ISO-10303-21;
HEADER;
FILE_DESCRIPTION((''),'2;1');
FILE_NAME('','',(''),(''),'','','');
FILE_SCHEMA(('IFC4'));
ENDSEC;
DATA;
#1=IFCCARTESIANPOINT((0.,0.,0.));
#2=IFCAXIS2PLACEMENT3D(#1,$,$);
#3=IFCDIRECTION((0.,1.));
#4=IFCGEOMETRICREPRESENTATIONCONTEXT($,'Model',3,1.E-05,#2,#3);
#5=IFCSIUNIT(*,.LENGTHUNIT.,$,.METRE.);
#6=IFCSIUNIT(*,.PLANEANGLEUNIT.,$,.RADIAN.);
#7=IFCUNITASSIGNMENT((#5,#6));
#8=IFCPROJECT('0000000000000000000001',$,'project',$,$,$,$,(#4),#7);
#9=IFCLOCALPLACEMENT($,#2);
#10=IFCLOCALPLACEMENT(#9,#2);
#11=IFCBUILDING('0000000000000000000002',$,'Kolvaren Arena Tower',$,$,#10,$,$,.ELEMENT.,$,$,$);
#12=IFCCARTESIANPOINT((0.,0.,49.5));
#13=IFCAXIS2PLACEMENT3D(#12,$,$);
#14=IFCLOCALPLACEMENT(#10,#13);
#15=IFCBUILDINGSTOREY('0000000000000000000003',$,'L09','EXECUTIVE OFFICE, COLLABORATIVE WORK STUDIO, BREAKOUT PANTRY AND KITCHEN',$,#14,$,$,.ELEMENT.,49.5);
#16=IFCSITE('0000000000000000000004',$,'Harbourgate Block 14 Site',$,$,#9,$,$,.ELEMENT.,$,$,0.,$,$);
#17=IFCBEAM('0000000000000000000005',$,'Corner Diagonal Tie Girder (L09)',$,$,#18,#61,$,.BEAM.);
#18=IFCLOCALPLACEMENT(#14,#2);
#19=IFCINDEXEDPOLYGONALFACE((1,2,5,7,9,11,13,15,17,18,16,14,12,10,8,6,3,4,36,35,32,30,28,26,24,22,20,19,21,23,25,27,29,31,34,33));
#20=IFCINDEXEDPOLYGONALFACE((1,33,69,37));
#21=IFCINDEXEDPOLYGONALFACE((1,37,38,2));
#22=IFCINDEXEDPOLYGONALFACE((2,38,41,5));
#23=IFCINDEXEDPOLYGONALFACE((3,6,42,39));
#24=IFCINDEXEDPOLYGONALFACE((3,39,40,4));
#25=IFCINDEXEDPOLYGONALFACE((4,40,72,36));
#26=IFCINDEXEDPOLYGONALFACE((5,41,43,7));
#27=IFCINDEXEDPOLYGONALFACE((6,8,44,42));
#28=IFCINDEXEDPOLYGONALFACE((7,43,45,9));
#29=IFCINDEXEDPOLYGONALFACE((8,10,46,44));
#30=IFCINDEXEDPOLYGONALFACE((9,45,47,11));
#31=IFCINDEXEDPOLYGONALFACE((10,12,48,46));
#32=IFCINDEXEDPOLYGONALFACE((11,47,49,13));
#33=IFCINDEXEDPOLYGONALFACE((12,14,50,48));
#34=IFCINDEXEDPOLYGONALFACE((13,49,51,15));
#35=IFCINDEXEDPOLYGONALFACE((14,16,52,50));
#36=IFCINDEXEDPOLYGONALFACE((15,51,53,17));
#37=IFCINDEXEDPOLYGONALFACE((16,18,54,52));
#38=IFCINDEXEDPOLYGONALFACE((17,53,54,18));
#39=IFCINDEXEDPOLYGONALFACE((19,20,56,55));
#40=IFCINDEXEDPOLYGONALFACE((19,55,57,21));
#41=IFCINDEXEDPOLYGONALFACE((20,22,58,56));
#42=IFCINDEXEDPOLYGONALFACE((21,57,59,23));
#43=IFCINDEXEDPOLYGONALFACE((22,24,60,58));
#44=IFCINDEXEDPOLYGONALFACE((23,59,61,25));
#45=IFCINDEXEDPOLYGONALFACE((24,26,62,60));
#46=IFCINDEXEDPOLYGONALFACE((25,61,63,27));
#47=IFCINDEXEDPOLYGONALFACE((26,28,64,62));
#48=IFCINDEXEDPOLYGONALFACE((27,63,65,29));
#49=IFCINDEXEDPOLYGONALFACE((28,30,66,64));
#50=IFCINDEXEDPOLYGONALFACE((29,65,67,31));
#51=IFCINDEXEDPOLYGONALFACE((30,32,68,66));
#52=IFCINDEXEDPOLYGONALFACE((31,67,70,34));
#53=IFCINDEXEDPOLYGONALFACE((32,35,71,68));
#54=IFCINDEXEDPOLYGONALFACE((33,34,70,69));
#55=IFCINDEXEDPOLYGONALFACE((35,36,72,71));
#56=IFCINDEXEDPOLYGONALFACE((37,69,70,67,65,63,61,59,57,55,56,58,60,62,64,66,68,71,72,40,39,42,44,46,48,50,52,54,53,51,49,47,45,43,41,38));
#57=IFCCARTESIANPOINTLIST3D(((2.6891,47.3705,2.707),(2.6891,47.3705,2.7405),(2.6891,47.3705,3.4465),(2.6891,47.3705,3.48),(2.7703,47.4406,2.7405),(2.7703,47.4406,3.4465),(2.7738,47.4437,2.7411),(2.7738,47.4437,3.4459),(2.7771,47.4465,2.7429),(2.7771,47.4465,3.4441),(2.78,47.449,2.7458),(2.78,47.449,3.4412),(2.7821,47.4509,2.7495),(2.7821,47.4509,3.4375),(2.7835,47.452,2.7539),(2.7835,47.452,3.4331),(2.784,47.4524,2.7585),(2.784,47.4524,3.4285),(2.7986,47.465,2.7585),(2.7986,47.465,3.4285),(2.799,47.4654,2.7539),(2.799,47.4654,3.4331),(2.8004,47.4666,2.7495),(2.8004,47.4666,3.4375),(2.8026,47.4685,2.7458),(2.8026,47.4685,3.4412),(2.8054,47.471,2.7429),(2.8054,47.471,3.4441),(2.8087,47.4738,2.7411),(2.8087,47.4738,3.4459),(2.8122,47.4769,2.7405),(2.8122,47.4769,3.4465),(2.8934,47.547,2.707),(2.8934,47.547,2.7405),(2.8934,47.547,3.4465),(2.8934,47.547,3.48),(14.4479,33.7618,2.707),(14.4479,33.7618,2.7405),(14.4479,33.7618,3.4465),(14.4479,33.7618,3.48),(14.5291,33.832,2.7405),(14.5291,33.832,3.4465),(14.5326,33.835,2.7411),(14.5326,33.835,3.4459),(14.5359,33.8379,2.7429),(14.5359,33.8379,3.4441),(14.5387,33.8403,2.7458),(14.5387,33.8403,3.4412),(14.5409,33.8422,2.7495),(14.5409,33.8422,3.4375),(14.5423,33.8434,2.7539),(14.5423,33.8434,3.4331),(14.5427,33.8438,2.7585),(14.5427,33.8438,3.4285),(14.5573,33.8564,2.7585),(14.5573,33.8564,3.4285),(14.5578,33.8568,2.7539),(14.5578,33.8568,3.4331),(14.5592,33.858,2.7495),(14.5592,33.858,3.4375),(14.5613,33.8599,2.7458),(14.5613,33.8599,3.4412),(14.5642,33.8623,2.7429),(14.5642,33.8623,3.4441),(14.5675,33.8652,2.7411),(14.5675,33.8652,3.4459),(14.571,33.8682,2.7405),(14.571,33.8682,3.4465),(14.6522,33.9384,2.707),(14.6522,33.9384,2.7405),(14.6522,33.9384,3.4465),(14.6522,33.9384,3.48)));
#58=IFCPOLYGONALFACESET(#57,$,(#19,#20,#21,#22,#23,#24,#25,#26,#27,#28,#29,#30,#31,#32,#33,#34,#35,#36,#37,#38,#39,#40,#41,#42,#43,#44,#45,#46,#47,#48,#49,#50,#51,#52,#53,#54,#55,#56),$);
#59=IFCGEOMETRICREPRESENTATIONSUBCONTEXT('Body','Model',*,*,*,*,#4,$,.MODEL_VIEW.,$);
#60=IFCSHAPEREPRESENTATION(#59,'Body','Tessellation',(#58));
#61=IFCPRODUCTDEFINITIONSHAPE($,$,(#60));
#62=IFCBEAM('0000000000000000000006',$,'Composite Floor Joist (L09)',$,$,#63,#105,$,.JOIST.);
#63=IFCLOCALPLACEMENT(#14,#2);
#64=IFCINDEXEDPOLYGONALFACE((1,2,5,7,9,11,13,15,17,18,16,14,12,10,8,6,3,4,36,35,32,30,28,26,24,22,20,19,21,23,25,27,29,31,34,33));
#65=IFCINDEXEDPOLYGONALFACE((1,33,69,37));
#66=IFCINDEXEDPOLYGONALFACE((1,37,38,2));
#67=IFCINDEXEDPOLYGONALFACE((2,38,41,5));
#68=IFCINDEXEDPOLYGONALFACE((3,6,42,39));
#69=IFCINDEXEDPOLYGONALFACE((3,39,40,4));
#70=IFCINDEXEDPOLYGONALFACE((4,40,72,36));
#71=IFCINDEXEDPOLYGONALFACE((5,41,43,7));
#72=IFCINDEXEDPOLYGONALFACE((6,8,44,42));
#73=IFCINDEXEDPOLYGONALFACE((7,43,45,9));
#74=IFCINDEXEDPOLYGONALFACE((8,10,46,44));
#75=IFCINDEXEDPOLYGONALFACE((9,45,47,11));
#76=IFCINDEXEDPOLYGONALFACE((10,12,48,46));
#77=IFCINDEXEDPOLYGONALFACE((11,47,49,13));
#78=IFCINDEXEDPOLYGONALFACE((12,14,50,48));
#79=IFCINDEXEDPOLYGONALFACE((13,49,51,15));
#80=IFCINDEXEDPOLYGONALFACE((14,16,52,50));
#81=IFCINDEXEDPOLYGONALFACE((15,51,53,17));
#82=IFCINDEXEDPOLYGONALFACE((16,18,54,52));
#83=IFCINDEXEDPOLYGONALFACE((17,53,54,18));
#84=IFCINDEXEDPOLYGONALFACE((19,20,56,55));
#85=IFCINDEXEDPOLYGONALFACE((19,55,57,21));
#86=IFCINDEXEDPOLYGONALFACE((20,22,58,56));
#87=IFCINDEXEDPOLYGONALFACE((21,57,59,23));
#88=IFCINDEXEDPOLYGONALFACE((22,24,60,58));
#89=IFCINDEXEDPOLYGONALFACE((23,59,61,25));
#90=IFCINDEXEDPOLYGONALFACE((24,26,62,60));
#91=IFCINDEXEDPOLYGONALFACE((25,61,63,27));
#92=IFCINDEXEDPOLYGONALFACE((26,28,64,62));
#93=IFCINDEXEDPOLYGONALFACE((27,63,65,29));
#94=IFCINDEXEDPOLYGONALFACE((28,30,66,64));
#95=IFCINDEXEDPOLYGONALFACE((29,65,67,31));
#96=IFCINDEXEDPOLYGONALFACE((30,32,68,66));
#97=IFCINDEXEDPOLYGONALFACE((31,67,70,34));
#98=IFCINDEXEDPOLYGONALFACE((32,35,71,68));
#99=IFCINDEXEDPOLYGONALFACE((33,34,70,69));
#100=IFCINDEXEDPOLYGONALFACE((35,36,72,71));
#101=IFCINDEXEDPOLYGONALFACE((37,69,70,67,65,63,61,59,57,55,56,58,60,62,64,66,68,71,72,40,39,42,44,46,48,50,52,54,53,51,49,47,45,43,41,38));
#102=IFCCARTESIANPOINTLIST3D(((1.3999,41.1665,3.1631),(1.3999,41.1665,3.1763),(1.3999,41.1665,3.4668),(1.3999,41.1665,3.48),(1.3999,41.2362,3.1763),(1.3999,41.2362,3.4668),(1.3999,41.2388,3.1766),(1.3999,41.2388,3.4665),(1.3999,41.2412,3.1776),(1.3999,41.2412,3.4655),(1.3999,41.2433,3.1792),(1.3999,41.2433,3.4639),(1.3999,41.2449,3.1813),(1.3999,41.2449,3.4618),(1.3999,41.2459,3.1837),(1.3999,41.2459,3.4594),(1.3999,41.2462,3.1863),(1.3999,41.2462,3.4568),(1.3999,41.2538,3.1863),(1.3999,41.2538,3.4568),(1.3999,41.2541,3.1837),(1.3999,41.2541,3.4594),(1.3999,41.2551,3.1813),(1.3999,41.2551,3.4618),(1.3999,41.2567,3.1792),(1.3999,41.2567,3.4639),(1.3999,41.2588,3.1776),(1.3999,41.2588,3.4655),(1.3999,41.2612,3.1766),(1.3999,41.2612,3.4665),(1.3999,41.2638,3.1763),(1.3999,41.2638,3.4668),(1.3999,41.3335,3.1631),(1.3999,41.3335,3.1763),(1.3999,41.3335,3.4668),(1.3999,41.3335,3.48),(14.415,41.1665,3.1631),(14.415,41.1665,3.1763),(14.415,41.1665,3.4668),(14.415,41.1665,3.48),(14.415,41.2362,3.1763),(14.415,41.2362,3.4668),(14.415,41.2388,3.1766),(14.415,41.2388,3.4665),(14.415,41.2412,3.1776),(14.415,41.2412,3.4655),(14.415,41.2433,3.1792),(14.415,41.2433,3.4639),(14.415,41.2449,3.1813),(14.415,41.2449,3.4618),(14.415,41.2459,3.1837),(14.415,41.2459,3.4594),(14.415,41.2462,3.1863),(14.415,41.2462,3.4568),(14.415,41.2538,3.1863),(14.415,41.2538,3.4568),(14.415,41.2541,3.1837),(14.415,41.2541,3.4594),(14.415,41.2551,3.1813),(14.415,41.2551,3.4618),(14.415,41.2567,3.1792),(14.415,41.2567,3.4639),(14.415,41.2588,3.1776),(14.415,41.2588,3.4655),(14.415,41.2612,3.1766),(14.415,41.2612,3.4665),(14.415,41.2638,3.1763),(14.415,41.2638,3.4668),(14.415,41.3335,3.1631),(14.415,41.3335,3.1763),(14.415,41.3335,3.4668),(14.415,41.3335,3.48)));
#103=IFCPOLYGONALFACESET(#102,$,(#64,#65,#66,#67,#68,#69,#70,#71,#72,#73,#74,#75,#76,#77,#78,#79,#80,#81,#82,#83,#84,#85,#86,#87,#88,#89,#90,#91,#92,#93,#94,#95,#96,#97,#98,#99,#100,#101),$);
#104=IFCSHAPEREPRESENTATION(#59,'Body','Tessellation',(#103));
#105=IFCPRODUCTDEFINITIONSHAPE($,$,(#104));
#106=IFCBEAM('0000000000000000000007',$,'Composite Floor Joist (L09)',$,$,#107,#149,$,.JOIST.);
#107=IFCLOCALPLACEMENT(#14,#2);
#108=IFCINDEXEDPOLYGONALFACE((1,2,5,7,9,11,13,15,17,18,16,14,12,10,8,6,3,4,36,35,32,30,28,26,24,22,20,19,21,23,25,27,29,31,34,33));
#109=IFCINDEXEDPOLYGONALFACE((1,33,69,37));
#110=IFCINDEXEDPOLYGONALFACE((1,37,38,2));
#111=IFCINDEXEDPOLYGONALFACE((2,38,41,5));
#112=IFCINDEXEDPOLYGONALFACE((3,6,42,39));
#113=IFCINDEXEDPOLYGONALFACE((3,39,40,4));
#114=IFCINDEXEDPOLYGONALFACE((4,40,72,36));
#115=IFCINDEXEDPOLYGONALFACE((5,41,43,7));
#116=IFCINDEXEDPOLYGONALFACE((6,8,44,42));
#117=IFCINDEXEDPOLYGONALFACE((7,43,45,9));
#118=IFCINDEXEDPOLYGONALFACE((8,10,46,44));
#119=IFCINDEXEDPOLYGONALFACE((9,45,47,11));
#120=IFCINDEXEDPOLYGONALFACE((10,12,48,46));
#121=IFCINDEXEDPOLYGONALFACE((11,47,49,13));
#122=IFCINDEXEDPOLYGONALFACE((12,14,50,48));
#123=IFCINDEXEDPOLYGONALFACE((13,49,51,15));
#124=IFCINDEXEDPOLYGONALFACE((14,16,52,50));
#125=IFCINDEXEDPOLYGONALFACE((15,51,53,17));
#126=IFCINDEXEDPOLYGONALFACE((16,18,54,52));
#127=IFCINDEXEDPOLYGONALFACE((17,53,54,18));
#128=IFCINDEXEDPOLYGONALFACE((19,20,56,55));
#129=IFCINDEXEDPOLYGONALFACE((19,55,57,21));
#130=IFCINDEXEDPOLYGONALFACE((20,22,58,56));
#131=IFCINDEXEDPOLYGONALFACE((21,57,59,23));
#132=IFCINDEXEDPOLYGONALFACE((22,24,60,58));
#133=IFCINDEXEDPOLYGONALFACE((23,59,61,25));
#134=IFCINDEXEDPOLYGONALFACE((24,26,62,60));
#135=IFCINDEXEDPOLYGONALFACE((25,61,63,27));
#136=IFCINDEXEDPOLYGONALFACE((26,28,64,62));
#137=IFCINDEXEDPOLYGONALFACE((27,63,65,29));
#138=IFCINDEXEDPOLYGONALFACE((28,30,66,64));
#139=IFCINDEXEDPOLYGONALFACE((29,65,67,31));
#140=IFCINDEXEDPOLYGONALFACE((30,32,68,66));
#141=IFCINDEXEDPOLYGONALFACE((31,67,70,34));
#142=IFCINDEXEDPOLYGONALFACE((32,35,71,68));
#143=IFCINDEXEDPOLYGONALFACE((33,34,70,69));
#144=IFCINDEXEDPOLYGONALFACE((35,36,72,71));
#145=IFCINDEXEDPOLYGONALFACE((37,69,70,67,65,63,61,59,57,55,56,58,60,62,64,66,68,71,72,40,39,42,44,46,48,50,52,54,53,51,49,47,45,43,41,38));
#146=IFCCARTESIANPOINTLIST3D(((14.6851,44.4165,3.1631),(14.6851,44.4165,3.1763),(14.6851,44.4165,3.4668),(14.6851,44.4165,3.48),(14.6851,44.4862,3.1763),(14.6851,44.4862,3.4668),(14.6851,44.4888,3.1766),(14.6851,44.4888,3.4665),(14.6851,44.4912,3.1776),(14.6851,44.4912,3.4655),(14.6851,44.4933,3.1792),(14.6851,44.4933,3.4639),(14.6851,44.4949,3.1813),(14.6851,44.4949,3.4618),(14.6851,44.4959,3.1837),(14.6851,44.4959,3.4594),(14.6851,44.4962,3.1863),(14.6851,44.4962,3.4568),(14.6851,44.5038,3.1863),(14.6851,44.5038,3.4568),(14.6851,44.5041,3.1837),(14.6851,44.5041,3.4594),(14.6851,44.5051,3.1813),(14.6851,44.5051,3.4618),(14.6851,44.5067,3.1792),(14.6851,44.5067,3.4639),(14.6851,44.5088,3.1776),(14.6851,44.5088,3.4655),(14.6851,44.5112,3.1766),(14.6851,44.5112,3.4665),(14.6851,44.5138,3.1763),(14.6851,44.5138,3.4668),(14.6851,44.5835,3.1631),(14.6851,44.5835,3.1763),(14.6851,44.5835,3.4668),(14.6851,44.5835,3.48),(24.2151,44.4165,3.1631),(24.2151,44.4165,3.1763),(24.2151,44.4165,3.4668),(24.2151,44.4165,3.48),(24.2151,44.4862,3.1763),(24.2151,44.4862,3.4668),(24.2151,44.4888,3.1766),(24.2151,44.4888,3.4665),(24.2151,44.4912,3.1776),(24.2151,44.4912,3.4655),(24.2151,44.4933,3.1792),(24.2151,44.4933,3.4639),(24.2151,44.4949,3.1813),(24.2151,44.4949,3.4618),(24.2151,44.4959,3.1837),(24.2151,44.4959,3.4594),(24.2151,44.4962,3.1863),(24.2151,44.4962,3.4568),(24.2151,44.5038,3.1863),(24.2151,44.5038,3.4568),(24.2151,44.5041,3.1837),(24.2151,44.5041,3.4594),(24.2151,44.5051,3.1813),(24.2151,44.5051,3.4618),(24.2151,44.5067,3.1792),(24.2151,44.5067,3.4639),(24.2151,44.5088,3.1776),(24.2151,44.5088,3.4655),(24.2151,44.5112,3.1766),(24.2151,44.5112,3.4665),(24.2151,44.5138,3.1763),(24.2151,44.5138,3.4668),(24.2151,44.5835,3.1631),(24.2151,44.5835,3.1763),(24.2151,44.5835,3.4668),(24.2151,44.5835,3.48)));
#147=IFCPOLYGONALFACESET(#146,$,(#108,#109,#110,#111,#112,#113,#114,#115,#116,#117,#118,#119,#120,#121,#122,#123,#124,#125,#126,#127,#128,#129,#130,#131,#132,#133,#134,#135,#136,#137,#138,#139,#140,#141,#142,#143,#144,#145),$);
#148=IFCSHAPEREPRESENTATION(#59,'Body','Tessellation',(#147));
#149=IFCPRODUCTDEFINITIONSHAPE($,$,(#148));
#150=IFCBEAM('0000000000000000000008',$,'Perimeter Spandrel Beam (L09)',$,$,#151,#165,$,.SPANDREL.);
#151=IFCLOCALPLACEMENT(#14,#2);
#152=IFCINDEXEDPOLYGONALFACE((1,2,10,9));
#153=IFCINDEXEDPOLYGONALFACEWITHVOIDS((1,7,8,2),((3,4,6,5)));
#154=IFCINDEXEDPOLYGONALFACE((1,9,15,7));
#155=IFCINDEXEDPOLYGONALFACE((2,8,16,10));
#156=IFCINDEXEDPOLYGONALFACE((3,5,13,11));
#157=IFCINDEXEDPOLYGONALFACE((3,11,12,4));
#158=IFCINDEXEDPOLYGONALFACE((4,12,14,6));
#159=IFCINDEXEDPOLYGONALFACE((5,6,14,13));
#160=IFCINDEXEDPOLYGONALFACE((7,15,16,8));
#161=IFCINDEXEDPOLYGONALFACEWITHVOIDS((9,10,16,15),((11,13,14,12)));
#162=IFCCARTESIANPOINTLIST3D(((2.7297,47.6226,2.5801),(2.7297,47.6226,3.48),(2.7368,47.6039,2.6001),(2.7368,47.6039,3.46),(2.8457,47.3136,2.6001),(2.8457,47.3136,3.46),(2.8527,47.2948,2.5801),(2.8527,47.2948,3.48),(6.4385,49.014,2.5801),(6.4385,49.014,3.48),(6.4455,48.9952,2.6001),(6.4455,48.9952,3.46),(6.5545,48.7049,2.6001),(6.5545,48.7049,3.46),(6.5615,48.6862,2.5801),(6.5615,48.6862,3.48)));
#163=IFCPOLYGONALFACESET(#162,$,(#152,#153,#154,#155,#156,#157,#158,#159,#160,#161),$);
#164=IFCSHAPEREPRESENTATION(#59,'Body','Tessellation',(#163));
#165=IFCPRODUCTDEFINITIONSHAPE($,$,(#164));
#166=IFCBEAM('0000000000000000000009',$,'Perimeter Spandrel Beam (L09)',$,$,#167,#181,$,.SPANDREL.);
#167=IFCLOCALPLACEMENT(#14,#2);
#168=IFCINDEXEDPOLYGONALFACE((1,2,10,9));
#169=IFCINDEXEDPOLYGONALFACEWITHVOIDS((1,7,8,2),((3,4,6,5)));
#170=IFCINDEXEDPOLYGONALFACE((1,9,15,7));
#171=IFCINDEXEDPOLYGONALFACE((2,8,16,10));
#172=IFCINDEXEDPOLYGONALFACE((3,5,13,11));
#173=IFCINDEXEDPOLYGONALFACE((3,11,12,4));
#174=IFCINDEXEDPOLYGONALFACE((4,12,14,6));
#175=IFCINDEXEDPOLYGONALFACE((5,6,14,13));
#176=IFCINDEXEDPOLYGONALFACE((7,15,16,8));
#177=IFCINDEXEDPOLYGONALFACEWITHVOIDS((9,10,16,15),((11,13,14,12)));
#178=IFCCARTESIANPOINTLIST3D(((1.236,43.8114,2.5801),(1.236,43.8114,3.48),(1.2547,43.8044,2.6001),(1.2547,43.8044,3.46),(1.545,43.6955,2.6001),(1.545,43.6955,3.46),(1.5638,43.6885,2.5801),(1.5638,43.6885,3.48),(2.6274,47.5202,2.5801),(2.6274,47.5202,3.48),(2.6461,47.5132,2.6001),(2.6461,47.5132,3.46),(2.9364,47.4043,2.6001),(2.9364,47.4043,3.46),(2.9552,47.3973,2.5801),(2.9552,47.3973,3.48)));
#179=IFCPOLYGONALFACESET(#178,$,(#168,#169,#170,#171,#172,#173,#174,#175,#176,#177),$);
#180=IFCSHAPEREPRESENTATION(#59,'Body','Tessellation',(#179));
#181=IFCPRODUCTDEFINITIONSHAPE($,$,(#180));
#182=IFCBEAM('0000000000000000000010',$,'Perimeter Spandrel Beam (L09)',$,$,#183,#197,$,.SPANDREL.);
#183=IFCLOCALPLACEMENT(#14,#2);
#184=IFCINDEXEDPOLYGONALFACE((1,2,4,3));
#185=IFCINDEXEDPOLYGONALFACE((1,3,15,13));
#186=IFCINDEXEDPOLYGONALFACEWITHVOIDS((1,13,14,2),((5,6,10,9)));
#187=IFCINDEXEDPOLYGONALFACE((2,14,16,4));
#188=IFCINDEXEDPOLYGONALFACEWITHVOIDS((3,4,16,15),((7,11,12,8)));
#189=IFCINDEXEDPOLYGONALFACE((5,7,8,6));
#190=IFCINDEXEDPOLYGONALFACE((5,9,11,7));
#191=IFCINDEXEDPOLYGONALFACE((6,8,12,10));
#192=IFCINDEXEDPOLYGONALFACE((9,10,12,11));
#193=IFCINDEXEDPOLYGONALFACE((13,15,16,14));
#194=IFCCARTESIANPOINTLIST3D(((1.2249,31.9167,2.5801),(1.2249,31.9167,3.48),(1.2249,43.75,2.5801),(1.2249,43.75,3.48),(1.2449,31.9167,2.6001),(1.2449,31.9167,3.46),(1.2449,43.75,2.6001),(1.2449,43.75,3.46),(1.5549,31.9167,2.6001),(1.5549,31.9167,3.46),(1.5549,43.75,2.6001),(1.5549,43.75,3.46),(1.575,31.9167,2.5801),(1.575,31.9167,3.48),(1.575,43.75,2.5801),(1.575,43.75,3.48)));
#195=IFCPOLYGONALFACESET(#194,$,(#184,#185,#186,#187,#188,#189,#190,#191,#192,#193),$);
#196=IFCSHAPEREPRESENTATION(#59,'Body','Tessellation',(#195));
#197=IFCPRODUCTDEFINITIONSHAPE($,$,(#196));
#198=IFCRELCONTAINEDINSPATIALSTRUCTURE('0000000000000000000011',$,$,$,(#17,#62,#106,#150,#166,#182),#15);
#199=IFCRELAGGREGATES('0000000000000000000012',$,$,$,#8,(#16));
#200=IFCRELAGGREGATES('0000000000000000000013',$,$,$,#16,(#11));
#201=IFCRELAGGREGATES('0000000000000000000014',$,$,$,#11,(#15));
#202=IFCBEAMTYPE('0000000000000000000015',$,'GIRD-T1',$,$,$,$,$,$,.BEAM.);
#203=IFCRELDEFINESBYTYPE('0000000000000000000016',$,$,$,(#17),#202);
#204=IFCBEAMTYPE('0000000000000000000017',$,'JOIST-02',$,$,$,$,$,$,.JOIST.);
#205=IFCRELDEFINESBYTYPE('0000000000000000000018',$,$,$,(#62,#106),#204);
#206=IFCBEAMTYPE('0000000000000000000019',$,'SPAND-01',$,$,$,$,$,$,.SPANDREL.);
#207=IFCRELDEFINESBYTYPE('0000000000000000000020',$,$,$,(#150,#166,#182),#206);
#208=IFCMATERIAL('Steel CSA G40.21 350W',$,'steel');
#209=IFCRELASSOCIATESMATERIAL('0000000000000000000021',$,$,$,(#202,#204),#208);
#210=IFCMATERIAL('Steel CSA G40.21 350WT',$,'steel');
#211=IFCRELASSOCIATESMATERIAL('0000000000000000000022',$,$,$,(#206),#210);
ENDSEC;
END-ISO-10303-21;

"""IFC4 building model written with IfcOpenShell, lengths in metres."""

from ifc_helpers import new_model, si_unit, direction, frame, origin, origin_2d, place, context, subcontext, project, spatial, hollow_rectangle, i_section, extrude, material, material_profile, profile_set, type_object, element, save


model = new_model("IFC4")

# Units and contexts
model_context = context("Model", 3, precision=1e-05, world=origin(), true_north=direction((0.0, 1.0)))
body_context = subcontext(model_context, "Body", "Model", "MODEL_VIEW")
ifc_project = project(units=[si_unit("LENGTHUNIT", "METRE"), si_unit("PLANEANGLEUNIT", "RADIAN")], contexts=[model_context])

# Site, building, storey
site_placement = place(None, origin())
site = spatial("IfcSite", under=ifc_project, at=site_placement, Name="Harbourgate Block 14 Site", CompositionType="ELEMENT", RefElevation=0.0)
building_placement = place(site_placement, origin())
building = spatial("IfcBuilding", under=site, at=building_placement, Name="Kolvaren Arena Tower", CompositionType="ELEMENT")
storey_placement = place(building_placement, frame((0.0, 0.0, 49.5)))
storey = spatial("IfcBuildingStorey", under=building, at=storey_placement, Name="L09", Description="EXECUTIVE OFFICE, COLLABORATIVE WORK STUDIO, BREAKOUT PANTRY AND KITCHEN", CompositionType="ELEMENT", Elevation=49.5)

# Beams
ifc_material_1 = material(Name="Steel CSA G40.21 350W", Category="steel")
ifc_material_profile_1 = material_profile(ifc_material_1, i_section(OverallWidth=0.27, OverallDepth=0.7729, WebThickness=0.0193, FlangeThickness=0.0334, FilletRadius=0.0181, at=origin_2d()), Name="W760x257")
ifc_profile_set_1 = profile_set([ifc_material_profile_1], Name="Steel CSA G40.21 350W")
beam_type_1 = type_object("IfcBeamType", Name="GIRD-T1", PredefinedType="BEAM", material=ifc_profile_set_1)
beam_1_placement = place(storey_placement, frame((2.7913, 47.4587, 3.0935), z_axis=(0.653807, -0.756662, 0.0), x_axis=(0.756662, 0.653807, 0.0)))
element("IfcBeam", 1, at=beam_1_placement, inside=storey, type_object=beam_type_1, Name="Corner Diagonal Tie Girder (L09)", PredefinedType="BEAM", context=body_context, shape_type="SweptSolid", body=[
    extrude(i_section(OverallWidth=0.27, OverallDepth=0.7729, WebThickness=0.0193, FlangeThickness=0.0334, FilletRadius=0.0181, at=origin_2d()), origin(), (0.0, 0.0, 1.0), 17.9851),
])
ifc_material_profile_2 = material_profile(ifc_material_1, i_section(OverallWidth=0.167, OverallDepth=0.3169, WebThickness=0.0076, FlangeThickness=0.0132, FilletRadius=0.01, at=origin_2d()), Name="W310x52")
ifc_profile_set_2 = profile_set([ifc_material_profile_2], Name="Steel CSA G40.21 350W")
beam_type_2 = type_object("IfcBeamType", Name="JOIST-02", PredefinedType="JOIST", material=ifc_profile_set_2)
beam_2_placement = place(storey_placement, frame((1.3999, 41.25, 3.3215), z_axis=(1.0, 0.0, 0.0), x_axis=(0.0, 1.0, 0.0)))
element("IfcBeam", 2, at=beam_2_placement, inside=storey, type_object=beam_type_2, Name="Composite Floor Joist (L09)", PredefinedType="JOIST", context=body_context, shape_type="SweptSolid", body=[
    extrude(i_section(OverallWidth=0.167, OverallDepth=0.3169, WebThickness=0.0076, FlangeThickness=0.0132, FilletRadius=0.01, at=origin_2d()), origin(), (0.0, 0.0, 1.0), 13.0151),
])
beam_3_placement = place(storey_placement, frame((14.6851, 44.5, 3.3215), z_axis=(1.0, 0.0, 0.0), x_axis=(0.0, 1.0, 0.0)))
element("IfcBeam", 3, at=beam_3_placement, inside=storey, type_object=beam_type_2, Name="Composite Floor Joist (L09)", PredefinedType="JOIST", context=body_context, shape_type="SweptSolid", body=[
    extrude(i_section(OverallWidth=0.167, OverallDepth=0.3169, WebThickness=0.0076, FlangeThickness=0.0132, FilletRadius=0.01, at=origin_2d()), origin(), (0.0, 0.0, 1.0), 9.53),
])
ifc_material_2 = material(Name="Steel CSA G40.21 350WT", Category="steel")
ifc_material_profile_3 = material_profile(ifc_material_2, hollow_rectangle(XDim=0.3501, YDim=0.8999, WallThickness=0.02, at=origin_2d()), Name="HSS 900x350x20")
ifc_profile_set_3 = profile_set([ifc_material_profile_3], Name="Steel CSA G40.21 350WT")
beam_type_3 = type_object("IfcBeamType", Name="SPAND-01", PredefinedType="SPANDREL", material=ifc_profile_set_3)
for number, where, z_axis, x_axis, name in (
    (4, (6.5, 48.8501, 3.03), (-0.936281, -0.351252, 0.0), (0.351252, -0.936281, 0.0), "Perimeter Spandrel Beam (L09)"),
    (5, (2.7913, 47.4587, 3.03), (-0.351252, -0.936281, 0.0), (0.936281, -0.351252, 0.0), "Perimeter Spandrel Beam (L09)"),
):
    element("IfcBeam", number, at=place(storey_placement, frame(where, z_axis=z_axis, x_axis=x_axis)), inside=storey, type_object=beam_type_3, Name=name, PredefinedType="SPANDREL", context=body_context, shape_type="SweptSolid", body=[
        extrude(hollow_rectangle(XDim=0.3501, YDim=0.8999, WallThickness=0.02, at=origin_2d()), origin(), (0.0, 0.0, 1.0), 3.9612),
    ])
beam_4_placement = place(storey_placement, frame((1.3999, 43.75, 3.03), z_axis=(0.0, -1.0, 0.0), x_axis=(1.0, 0.0, 0.0)))
element("IfcBeam", 6, at=beam_4_placement, inside=storey, type_object=beam_type_3, Name="Perimeter Spandrel Beam (L09)", PredefinedType="SPANDREL", context=body_context, shape_type="SweptSolid", body=[
    extrude(hollow_rectangle(XDim=0.3501, YDim=0.8999, WallThickness=0.02, at=origin_2d()), origin(), (0.0, 0.0, 1.0), 11.8333),
])

save(model, "model.ifc")
